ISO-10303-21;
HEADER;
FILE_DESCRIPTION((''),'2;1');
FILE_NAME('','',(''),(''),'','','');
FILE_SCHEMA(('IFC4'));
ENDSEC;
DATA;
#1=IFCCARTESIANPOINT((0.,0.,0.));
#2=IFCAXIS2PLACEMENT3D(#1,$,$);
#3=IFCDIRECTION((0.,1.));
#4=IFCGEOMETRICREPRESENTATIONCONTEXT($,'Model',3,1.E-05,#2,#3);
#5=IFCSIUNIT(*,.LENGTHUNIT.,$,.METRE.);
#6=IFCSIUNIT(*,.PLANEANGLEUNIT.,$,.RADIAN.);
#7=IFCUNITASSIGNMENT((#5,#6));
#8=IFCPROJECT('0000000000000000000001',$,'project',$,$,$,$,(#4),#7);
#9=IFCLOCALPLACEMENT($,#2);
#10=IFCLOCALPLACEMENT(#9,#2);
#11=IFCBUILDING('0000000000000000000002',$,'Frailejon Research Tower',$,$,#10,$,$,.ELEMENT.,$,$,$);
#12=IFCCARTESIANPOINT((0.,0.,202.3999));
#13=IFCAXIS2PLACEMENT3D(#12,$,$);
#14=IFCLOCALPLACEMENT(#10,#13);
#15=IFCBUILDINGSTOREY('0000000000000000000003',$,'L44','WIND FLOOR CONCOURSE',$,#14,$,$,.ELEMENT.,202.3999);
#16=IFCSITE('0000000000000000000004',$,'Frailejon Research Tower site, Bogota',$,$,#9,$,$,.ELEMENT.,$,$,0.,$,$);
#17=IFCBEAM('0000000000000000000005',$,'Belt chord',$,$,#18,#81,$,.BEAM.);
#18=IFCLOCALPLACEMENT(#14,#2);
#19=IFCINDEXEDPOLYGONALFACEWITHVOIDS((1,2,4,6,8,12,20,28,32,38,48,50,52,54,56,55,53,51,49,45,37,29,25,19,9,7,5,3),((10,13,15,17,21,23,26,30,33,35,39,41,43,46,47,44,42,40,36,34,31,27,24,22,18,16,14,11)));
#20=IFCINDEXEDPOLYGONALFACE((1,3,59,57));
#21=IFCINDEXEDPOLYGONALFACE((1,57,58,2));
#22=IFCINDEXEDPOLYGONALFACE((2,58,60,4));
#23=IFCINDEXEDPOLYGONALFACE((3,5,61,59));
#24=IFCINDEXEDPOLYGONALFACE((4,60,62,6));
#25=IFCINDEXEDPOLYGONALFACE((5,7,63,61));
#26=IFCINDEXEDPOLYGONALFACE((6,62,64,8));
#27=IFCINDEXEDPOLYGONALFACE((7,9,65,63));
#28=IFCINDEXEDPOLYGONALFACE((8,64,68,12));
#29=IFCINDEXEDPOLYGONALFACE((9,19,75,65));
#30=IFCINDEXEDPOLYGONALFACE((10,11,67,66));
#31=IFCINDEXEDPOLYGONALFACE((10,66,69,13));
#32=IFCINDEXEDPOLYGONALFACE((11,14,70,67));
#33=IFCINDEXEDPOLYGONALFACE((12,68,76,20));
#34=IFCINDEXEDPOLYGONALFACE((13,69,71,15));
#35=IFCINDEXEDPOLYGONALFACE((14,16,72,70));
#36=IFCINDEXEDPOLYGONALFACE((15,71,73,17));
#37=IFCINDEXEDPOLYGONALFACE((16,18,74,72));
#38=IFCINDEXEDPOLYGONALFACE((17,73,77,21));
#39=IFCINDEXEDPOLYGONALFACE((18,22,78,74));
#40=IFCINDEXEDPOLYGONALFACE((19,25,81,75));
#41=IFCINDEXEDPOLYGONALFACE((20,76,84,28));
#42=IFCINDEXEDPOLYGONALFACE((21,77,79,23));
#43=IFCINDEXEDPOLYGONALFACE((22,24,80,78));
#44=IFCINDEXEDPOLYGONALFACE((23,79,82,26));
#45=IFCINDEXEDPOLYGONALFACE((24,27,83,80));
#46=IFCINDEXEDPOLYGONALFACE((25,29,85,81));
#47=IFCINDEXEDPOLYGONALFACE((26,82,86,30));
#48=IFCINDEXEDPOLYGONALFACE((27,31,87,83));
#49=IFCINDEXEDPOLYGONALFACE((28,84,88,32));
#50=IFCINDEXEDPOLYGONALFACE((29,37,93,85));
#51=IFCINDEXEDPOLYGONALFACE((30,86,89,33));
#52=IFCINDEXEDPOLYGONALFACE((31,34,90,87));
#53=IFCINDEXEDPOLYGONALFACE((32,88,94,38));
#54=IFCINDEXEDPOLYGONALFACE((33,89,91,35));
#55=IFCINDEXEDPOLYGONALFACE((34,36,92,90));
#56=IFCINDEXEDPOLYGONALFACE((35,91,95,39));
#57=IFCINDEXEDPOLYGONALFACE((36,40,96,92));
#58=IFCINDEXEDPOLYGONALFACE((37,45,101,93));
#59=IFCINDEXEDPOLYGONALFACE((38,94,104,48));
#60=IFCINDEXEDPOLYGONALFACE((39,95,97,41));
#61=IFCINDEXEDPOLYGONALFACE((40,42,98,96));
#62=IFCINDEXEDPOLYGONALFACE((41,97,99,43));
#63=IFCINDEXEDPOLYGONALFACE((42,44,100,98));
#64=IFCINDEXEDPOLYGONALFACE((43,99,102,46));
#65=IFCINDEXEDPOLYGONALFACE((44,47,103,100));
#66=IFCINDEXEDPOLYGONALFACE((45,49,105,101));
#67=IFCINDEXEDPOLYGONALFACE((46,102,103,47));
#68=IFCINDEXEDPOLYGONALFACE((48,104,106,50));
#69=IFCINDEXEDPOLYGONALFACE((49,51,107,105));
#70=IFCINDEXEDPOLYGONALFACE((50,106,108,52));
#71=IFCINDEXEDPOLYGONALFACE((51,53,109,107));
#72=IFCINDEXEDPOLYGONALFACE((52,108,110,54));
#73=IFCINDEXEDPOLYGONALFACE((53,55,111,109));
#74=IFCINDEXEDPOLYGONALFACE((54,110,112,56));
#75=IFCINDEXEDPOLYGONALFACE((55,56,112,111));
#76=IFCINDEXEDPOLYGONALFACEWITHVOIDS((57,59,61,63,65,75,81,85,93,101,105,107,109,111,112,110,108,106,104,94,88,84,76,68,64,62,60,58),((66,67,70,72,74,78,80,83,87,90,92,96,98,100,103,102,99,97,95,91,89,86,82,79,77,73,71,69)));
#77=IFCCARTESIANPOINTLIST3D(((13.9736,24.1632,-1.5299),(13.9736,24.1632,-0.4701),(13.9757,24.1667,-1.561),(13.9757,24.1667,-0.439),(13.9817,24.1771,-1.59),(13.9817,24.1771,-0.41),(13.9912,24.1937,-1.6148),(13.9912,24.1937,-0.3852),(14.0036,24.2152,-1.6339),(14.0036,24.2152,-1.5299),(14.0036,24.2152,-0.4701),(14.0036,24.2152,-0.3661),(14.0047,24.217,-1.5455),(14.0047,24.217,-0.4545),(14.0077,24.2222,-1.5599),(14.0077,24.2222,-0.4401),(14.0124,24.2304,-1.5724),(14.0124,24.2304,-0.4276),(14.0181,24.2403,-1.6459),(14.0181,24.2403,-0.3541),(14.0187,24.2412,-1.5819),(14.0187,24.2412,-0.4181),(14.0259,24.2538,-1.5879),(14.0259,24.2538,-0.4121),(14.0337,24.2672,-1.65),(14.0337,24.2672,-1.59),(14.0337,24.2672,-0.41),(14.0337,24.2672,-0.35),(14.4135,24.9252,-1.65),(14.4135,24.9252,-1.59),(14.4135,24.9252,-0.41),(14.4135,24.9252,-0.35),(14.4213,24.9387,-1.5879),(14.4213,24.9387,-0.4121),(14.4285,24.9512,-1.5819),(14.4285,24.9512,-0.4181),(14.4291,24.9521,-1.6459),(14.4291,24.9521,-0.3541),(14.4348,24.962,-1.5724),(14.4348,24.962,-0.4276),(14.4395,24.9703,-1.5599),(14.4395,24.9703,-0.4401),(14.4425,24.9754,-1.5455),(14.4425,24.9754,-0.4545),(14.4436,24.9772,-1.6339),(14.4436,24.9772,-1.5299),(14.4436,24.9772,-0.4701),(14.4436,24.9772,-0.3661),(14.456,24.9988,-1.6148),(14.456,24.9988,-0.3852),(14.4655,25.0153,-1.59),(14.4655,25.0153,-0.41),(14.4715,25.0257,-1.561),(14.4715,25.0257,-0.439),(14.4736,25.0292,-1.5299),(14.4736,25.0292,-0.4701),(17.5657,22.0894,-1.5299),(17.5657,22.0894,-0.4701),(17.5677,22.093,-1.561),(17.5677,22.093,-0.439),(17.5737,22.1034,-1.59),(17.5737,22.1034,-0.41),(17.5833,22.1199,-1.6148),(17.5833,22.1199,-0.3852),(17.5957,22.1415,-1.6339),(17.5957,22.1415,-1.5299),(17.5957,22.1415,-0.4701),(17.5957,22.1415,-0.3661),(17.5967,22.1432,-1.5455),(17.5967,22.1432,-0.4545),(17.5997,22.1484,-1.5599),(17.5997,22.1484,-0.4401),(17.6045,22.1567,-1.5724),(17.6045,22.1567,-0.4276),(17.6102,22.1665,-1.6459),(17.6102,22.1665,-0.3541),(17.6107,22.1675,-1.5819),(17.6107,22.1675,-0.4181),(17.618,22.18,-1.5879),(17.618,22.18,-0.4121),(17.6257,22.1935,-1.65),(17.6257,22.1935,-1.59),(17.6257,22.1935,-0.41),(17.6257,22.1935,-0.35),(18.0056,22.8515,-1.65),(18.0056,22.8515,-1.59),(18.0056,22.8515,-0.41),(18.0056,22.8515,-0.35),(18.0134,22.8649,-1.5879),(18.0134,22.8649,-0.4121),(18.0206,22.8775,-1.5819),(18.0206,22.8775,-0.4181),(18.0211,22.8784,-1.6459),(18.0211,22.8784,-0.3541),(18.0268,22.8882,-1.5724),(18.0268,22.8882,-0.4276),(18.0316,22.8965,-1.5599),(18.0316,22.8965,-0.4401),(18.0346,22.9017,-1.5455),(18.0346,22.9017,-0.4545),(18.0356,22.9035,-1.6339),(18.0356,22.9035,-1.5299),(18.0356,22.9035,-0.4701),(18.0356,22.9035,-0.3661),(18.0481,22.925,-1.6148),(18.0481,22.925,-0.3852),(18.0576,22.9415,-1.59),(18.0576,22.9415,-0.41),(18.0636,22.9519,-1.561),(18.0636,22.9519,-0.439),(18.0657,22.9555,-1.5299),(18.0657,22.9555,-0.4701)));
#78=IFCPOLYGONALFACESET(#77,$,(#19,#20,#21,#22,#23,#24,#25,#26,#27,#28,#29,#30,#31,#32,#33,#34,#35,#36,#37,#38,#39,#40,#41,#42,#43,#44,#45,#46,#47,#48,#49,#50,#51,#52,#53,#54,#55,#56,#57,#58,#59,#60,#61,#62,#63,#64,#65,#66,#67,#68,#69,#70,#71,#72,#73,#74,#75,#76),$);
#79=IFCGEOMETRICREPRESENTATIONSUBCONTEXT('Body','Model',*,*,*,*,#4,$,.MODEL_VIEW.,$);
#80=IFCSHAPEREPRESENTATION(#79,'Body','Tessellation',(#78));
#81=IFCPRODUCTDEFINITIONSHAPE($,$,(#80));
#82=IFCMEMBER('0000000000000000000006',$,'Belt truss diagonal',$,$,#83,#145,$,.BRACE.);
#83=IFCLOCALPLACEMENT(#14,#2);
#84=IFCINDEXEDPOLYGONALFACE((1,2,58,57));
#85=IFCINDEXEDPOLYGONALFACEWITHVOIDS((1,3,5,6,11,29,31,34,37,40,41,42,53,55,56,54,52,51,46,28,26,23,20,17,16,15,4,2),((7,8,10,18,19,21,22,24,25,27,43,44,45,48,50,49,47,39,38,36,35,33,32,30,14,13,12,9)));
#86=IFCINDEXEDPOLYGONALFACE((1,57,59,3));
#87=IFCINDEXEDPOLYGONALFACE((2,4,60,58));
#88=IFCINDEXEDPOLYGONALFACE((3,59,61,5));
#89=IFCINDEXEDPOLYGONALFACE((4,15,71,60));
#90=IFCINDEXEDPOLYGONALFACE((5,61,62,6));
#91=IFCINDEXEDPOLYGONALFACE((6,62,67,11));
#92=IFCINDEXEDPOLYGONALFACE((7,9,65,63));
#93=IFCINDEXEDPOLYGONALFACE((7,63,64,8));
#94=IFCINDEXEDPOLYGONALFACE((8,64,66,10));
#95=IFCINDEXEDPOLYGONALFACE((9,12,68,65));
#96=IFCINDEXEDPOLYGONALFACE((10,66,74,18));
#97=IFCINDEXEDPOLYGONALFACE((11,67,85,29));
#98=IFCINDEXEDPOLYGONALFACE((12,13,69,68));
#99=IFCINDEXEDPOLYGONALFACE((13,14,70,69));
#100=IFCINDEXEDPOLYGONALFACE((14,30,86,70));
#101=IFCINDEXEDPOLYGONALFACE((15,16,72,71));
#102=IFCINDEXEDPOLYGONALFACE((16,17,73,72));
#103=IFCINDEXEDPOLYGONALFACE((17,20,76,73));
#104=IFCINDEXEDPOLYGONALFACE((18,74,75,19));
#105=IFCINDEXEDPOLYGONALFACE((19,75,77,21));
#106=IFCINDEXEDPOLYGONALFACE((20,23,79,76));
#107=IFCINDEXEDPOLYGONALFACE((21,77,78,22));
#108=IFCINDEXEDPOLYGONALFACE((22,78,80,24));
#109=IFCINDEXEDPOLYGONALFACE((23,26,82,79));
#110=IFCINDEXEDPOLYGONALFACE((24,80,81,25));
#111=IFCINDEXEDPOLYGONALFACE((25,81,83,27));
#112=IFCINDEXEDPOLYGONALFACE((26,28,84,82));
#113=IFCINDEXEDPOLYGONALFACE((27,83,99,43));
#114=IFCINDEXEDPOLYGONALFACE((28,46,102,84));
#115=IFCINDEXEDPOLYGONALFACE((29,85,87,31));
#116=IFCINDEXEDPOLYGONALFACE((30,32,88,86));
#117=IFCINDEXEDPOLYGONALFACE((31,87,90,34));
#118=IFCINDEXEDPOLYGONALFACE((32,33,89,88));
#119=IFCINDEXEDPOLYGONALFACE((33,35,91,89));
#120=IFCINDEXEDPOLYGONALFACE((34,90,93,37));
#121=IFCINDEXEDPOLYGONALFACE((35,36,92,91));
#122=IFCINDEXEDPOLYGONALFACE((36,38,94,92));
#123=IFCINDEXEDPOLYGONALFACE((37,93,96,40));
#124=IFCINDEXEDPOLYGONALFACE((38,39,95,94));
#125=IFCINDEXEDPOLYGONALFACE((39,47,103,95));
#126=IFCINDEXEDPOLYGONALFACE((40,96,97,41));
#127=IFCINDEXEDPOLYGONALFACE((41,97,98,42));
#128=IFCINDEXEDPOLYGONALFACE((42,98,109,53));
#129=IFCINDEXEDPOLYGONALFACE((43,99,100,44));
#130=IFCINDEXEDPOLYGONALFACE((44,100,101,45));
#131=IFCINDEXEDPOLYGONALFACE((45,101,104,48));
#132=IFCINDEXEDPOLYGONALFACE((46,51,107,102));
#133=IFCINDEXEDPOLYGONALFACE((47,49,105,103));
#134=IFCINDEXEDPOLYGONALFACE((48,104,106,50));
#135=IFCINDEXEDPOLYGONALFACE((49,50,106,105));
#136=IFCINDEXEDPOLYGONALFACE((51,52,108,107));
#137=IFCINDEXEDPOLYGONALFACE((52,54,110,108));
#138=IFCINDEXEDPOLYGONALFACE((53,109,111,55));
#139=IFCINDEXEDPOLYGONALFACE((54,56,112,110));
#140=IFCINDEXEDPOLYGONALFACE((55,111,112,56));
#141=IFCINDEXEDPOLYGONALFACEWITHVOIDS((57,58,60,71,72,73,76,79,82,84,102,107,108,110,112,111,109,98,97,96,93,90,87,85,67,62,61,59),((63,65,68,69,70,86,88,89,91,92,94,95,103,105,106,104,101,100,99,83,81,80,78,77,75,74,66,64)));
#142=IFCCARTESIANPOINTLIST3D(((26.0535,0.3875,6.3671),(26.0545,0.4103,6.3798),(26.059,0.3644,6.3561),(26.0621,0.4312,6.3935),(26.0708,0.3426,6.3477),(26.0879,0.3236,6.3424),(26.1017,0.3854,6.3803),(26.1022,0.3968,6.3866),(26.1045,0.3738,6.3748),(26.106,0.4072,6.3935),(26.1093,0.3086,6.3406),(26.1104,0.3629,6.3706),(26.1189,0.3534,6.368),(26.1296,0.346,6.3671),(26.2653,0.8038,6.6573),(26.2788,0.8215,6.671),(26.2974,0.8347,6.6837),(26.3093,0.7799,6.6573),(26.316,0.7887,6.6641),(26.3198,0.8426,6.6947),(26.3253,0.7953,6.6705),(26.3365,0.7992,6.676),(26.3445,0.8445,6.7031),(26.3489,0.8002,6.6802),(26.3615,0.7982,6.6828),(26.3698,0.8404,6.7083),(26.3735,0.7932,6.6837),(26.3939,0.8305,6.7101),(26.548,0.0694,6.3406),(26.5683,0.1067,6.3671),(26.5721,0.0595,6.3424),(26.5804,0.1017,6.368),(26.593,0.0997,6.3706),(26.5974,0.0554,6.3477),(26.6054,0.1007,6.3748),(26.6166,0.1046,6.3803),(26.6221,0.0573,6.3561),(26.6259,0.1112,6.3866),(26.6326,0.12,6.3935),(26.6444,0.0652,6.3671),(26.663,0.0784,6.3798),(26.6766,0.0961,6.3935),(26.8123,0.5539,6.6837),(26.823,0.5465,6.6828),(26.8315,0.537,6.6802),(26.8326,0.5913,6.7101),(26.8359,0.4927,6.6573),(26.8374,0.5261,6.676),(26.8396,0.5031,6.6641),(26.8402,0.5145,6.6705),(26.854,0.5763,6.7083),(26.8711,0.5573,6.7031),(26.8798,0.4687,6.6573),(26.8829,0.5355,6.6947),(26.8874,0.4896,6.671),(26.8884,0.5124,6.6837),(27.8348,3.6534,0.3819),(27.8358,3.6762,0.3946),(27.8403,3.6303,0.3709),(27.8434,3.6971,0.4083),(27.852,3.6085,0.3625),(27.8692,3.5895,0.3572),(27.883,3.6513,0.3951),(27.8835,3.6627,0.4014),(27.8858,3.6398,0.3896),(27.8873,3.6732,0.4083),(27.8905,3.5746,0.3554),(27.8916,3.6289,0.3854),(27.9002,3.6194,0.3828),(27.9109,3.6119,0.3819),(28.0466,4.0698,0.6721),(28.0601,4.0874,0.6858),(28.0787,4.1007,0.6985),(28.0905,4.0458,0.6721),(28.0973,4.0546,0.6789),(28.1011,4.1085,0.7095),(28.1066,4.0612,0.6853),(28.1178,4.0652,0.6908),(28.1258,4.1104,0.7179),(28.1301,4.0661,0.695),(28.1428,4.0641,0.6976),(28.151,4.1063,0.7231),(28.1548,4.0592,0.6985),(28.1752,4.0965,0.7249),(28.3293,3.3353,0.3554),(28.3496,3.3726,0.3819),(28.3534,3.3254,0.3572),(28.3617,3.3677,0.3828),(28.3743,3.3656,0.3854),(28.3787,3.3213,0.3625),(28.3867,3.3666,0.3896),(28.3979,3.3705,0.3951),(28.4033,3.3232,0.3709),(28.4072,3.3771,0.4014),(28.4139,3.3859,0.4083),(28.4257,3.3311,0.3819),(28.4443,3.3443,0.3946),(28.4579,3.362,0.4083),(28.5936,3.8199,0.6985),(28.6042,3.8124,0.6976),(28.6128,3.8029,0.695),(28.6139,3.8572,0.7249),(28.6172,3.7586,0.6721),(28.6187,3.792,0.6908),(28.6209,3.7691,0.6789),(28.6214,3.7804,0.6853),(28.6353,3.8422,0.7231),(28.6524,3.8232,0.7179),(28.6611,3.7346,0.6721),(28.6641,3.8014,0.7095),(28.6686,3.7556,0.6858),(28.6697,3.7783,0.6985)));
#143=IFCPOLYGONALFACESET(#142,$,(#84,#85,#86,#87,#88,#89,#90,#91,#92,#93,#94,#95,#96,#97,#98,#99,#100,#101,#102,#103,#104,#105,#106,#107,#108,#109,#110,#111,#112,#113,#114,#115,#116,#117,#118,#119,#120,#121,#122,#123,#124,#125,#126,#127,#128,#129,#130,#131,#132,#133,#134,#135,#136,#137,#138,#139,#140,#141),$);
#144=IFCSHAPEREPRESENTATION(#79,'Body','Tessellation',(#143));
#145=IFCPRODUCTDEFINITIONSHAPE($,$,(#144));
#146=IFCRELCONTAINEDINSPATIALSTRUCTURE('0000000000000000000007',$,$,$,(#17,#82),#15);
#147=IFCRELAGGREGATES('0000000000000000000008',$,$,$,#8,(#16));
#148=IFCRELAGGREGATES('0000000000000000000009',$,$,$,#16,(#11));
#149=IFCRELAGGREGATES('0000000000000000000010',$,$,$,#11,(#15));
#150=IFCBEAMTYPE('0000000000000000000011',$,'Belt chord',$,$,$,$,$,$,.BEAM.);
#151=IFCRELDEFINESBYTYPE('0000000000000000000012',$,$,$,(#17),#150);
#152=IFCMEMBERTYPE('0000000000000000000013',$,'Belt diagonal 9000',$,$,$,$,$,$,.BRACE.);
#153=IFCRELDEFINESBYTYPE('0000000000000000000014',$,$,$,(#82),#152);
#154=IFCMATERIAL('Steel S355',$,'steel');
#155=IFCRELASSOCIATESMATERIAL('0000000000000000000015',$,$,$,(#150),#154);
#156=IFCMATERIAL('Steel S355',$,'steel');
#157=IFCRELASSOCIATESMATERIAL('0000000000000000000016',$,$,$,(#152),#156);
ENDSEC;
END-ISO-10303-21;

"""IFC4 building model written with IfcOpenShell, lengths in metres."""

from ifc_helpers import new_model, si_unit, direction, frame, origin, origin_2d, place, context, subcontext, project, spatial, hollow_rectangle, extrude, material, material_profile, profile_set, type_object, element, save


model = new_model("IFC4")

# Units and contexts
model_context = context("Model", 3, precision=1e-05, world=origin(), true_north=direction((0.0, 1.0)))
body_context = subcontext(model_context, "Body", "Model", "MODEL_VIEW")
ifc_project = project(units=[si_unit("LENGTHUNIT", "METRE"), si_unit("PLANEANGLEUNIT", "RADIAN")], contexts=[model_context])

# Site, building, storey
site_placement = place(None, origin())
site = spatial("IfcSite", under=ifc_project, at=site_placement, Name="Frailejon Research Tower site, Bogota", CompositionType="ELEMENT", RefElevation=0.0)
building_placement = place(site_placement, origin())
building = spatial("IfcBuilding", under=site, at=building_placement, Name="Frailejon Research Tower", CompositionType="ELEMENT")
storey_placement = place(building_placement, frame((0.0, 0.0, 202.3999)))
storey = spatial("IfcBuildingStorey", under=building, at=storey_placement, Name="L44", Description="WIND FLOOR CONCOURSE", CompositionType="ELEMENT", Elevation=202.3999)

# Beam
ifc_material_1 = material(Name="Steel S355", Category="steel")
ifc_material_profile_1 = material_profile(ifc_material_1, hollow_rectangle(XDim=1.0, YDim=1.3, WallThickness=0.0601, InnerFilletRadius=0.0601, OuterFilletRadius=0.1201, at=origin_2d()), Name="Belt chord")
ifc_profile_set_1 = profile_set([ifc_material_profile_1], Name="Steel S355")
beam_type_1 = type_object("IfcBeamType", Name="Belt chord", PredefinedType="BEAM", material=ifc_profile_set_1)
beam_1_placement = place(storey_placement, frame((17.8157, 22.5225, -1.0), z_axis=(-0.86604, 0.499976, 0.0), x_axis=(-0.499976, -0.86604, 0.0)))
element("IfcBeam", 1, at=beam_1_placement, inside=storey, type_object=beam_type_1, Name="Belt chord", PredefinedType="BEAM", context=body_context, shape_type="SweptSolid", body=[
    extrude(hollow_rectangle(XDim=1.0, YDim=1.3, WallThickness=0.0601, InnerFilletRadius=0.0601, OuterFilletRadius=0.1201, at=origin_2d()), origin(), (0.0, 0.0, 1.0), 4.1477),
])

# Member
ifc_material_2 = material(Name="Steel S355", Category="steel")
ifc_material_profile_2 = material_profile(ifc_material_2, hollow_rectangle(XDim=0.7, YDim=0.7, WallThickness=0.05, InnerFilletRadius=0.05, OuterFilletRadius=0.1001, at=origin_2d()), Name="Belt diagonal 9000")
ifc_profile_set_2 = profile_set([ifc_material_profile_2], Name="Steel S355")
member_type = type_object("IfcMemberType", Name="Belt diagonal 9000", PredefinedType="BRACE", material=ifc_profile_set_2)
member_1_placement = place(storey_placement, frame((26.4709, 0.45, 6.5254), z_axis=(0.252767, 0.463441, -0.849312), x_axis=(-0.877911, 0.478825, 0.0)))
element("IfcMember", 2, at=member_1_placement, inside=storey, type_object=member_type, Name="Belt truss diagonal", PredefinedType="BRACE", context=body_context, shape_type="SweptSolid", body=[
    extrude(hollow_rectangle(XDim=0.7, YDim=0.7, WallThickness=0.05, InnerFilletRadius=0.05, OuterFilletRadius=0.1001, at=origin_2d()), origin(), (0.0, 0.0, 1.0), 7.0471),
])

save(model, "model.ifc")
